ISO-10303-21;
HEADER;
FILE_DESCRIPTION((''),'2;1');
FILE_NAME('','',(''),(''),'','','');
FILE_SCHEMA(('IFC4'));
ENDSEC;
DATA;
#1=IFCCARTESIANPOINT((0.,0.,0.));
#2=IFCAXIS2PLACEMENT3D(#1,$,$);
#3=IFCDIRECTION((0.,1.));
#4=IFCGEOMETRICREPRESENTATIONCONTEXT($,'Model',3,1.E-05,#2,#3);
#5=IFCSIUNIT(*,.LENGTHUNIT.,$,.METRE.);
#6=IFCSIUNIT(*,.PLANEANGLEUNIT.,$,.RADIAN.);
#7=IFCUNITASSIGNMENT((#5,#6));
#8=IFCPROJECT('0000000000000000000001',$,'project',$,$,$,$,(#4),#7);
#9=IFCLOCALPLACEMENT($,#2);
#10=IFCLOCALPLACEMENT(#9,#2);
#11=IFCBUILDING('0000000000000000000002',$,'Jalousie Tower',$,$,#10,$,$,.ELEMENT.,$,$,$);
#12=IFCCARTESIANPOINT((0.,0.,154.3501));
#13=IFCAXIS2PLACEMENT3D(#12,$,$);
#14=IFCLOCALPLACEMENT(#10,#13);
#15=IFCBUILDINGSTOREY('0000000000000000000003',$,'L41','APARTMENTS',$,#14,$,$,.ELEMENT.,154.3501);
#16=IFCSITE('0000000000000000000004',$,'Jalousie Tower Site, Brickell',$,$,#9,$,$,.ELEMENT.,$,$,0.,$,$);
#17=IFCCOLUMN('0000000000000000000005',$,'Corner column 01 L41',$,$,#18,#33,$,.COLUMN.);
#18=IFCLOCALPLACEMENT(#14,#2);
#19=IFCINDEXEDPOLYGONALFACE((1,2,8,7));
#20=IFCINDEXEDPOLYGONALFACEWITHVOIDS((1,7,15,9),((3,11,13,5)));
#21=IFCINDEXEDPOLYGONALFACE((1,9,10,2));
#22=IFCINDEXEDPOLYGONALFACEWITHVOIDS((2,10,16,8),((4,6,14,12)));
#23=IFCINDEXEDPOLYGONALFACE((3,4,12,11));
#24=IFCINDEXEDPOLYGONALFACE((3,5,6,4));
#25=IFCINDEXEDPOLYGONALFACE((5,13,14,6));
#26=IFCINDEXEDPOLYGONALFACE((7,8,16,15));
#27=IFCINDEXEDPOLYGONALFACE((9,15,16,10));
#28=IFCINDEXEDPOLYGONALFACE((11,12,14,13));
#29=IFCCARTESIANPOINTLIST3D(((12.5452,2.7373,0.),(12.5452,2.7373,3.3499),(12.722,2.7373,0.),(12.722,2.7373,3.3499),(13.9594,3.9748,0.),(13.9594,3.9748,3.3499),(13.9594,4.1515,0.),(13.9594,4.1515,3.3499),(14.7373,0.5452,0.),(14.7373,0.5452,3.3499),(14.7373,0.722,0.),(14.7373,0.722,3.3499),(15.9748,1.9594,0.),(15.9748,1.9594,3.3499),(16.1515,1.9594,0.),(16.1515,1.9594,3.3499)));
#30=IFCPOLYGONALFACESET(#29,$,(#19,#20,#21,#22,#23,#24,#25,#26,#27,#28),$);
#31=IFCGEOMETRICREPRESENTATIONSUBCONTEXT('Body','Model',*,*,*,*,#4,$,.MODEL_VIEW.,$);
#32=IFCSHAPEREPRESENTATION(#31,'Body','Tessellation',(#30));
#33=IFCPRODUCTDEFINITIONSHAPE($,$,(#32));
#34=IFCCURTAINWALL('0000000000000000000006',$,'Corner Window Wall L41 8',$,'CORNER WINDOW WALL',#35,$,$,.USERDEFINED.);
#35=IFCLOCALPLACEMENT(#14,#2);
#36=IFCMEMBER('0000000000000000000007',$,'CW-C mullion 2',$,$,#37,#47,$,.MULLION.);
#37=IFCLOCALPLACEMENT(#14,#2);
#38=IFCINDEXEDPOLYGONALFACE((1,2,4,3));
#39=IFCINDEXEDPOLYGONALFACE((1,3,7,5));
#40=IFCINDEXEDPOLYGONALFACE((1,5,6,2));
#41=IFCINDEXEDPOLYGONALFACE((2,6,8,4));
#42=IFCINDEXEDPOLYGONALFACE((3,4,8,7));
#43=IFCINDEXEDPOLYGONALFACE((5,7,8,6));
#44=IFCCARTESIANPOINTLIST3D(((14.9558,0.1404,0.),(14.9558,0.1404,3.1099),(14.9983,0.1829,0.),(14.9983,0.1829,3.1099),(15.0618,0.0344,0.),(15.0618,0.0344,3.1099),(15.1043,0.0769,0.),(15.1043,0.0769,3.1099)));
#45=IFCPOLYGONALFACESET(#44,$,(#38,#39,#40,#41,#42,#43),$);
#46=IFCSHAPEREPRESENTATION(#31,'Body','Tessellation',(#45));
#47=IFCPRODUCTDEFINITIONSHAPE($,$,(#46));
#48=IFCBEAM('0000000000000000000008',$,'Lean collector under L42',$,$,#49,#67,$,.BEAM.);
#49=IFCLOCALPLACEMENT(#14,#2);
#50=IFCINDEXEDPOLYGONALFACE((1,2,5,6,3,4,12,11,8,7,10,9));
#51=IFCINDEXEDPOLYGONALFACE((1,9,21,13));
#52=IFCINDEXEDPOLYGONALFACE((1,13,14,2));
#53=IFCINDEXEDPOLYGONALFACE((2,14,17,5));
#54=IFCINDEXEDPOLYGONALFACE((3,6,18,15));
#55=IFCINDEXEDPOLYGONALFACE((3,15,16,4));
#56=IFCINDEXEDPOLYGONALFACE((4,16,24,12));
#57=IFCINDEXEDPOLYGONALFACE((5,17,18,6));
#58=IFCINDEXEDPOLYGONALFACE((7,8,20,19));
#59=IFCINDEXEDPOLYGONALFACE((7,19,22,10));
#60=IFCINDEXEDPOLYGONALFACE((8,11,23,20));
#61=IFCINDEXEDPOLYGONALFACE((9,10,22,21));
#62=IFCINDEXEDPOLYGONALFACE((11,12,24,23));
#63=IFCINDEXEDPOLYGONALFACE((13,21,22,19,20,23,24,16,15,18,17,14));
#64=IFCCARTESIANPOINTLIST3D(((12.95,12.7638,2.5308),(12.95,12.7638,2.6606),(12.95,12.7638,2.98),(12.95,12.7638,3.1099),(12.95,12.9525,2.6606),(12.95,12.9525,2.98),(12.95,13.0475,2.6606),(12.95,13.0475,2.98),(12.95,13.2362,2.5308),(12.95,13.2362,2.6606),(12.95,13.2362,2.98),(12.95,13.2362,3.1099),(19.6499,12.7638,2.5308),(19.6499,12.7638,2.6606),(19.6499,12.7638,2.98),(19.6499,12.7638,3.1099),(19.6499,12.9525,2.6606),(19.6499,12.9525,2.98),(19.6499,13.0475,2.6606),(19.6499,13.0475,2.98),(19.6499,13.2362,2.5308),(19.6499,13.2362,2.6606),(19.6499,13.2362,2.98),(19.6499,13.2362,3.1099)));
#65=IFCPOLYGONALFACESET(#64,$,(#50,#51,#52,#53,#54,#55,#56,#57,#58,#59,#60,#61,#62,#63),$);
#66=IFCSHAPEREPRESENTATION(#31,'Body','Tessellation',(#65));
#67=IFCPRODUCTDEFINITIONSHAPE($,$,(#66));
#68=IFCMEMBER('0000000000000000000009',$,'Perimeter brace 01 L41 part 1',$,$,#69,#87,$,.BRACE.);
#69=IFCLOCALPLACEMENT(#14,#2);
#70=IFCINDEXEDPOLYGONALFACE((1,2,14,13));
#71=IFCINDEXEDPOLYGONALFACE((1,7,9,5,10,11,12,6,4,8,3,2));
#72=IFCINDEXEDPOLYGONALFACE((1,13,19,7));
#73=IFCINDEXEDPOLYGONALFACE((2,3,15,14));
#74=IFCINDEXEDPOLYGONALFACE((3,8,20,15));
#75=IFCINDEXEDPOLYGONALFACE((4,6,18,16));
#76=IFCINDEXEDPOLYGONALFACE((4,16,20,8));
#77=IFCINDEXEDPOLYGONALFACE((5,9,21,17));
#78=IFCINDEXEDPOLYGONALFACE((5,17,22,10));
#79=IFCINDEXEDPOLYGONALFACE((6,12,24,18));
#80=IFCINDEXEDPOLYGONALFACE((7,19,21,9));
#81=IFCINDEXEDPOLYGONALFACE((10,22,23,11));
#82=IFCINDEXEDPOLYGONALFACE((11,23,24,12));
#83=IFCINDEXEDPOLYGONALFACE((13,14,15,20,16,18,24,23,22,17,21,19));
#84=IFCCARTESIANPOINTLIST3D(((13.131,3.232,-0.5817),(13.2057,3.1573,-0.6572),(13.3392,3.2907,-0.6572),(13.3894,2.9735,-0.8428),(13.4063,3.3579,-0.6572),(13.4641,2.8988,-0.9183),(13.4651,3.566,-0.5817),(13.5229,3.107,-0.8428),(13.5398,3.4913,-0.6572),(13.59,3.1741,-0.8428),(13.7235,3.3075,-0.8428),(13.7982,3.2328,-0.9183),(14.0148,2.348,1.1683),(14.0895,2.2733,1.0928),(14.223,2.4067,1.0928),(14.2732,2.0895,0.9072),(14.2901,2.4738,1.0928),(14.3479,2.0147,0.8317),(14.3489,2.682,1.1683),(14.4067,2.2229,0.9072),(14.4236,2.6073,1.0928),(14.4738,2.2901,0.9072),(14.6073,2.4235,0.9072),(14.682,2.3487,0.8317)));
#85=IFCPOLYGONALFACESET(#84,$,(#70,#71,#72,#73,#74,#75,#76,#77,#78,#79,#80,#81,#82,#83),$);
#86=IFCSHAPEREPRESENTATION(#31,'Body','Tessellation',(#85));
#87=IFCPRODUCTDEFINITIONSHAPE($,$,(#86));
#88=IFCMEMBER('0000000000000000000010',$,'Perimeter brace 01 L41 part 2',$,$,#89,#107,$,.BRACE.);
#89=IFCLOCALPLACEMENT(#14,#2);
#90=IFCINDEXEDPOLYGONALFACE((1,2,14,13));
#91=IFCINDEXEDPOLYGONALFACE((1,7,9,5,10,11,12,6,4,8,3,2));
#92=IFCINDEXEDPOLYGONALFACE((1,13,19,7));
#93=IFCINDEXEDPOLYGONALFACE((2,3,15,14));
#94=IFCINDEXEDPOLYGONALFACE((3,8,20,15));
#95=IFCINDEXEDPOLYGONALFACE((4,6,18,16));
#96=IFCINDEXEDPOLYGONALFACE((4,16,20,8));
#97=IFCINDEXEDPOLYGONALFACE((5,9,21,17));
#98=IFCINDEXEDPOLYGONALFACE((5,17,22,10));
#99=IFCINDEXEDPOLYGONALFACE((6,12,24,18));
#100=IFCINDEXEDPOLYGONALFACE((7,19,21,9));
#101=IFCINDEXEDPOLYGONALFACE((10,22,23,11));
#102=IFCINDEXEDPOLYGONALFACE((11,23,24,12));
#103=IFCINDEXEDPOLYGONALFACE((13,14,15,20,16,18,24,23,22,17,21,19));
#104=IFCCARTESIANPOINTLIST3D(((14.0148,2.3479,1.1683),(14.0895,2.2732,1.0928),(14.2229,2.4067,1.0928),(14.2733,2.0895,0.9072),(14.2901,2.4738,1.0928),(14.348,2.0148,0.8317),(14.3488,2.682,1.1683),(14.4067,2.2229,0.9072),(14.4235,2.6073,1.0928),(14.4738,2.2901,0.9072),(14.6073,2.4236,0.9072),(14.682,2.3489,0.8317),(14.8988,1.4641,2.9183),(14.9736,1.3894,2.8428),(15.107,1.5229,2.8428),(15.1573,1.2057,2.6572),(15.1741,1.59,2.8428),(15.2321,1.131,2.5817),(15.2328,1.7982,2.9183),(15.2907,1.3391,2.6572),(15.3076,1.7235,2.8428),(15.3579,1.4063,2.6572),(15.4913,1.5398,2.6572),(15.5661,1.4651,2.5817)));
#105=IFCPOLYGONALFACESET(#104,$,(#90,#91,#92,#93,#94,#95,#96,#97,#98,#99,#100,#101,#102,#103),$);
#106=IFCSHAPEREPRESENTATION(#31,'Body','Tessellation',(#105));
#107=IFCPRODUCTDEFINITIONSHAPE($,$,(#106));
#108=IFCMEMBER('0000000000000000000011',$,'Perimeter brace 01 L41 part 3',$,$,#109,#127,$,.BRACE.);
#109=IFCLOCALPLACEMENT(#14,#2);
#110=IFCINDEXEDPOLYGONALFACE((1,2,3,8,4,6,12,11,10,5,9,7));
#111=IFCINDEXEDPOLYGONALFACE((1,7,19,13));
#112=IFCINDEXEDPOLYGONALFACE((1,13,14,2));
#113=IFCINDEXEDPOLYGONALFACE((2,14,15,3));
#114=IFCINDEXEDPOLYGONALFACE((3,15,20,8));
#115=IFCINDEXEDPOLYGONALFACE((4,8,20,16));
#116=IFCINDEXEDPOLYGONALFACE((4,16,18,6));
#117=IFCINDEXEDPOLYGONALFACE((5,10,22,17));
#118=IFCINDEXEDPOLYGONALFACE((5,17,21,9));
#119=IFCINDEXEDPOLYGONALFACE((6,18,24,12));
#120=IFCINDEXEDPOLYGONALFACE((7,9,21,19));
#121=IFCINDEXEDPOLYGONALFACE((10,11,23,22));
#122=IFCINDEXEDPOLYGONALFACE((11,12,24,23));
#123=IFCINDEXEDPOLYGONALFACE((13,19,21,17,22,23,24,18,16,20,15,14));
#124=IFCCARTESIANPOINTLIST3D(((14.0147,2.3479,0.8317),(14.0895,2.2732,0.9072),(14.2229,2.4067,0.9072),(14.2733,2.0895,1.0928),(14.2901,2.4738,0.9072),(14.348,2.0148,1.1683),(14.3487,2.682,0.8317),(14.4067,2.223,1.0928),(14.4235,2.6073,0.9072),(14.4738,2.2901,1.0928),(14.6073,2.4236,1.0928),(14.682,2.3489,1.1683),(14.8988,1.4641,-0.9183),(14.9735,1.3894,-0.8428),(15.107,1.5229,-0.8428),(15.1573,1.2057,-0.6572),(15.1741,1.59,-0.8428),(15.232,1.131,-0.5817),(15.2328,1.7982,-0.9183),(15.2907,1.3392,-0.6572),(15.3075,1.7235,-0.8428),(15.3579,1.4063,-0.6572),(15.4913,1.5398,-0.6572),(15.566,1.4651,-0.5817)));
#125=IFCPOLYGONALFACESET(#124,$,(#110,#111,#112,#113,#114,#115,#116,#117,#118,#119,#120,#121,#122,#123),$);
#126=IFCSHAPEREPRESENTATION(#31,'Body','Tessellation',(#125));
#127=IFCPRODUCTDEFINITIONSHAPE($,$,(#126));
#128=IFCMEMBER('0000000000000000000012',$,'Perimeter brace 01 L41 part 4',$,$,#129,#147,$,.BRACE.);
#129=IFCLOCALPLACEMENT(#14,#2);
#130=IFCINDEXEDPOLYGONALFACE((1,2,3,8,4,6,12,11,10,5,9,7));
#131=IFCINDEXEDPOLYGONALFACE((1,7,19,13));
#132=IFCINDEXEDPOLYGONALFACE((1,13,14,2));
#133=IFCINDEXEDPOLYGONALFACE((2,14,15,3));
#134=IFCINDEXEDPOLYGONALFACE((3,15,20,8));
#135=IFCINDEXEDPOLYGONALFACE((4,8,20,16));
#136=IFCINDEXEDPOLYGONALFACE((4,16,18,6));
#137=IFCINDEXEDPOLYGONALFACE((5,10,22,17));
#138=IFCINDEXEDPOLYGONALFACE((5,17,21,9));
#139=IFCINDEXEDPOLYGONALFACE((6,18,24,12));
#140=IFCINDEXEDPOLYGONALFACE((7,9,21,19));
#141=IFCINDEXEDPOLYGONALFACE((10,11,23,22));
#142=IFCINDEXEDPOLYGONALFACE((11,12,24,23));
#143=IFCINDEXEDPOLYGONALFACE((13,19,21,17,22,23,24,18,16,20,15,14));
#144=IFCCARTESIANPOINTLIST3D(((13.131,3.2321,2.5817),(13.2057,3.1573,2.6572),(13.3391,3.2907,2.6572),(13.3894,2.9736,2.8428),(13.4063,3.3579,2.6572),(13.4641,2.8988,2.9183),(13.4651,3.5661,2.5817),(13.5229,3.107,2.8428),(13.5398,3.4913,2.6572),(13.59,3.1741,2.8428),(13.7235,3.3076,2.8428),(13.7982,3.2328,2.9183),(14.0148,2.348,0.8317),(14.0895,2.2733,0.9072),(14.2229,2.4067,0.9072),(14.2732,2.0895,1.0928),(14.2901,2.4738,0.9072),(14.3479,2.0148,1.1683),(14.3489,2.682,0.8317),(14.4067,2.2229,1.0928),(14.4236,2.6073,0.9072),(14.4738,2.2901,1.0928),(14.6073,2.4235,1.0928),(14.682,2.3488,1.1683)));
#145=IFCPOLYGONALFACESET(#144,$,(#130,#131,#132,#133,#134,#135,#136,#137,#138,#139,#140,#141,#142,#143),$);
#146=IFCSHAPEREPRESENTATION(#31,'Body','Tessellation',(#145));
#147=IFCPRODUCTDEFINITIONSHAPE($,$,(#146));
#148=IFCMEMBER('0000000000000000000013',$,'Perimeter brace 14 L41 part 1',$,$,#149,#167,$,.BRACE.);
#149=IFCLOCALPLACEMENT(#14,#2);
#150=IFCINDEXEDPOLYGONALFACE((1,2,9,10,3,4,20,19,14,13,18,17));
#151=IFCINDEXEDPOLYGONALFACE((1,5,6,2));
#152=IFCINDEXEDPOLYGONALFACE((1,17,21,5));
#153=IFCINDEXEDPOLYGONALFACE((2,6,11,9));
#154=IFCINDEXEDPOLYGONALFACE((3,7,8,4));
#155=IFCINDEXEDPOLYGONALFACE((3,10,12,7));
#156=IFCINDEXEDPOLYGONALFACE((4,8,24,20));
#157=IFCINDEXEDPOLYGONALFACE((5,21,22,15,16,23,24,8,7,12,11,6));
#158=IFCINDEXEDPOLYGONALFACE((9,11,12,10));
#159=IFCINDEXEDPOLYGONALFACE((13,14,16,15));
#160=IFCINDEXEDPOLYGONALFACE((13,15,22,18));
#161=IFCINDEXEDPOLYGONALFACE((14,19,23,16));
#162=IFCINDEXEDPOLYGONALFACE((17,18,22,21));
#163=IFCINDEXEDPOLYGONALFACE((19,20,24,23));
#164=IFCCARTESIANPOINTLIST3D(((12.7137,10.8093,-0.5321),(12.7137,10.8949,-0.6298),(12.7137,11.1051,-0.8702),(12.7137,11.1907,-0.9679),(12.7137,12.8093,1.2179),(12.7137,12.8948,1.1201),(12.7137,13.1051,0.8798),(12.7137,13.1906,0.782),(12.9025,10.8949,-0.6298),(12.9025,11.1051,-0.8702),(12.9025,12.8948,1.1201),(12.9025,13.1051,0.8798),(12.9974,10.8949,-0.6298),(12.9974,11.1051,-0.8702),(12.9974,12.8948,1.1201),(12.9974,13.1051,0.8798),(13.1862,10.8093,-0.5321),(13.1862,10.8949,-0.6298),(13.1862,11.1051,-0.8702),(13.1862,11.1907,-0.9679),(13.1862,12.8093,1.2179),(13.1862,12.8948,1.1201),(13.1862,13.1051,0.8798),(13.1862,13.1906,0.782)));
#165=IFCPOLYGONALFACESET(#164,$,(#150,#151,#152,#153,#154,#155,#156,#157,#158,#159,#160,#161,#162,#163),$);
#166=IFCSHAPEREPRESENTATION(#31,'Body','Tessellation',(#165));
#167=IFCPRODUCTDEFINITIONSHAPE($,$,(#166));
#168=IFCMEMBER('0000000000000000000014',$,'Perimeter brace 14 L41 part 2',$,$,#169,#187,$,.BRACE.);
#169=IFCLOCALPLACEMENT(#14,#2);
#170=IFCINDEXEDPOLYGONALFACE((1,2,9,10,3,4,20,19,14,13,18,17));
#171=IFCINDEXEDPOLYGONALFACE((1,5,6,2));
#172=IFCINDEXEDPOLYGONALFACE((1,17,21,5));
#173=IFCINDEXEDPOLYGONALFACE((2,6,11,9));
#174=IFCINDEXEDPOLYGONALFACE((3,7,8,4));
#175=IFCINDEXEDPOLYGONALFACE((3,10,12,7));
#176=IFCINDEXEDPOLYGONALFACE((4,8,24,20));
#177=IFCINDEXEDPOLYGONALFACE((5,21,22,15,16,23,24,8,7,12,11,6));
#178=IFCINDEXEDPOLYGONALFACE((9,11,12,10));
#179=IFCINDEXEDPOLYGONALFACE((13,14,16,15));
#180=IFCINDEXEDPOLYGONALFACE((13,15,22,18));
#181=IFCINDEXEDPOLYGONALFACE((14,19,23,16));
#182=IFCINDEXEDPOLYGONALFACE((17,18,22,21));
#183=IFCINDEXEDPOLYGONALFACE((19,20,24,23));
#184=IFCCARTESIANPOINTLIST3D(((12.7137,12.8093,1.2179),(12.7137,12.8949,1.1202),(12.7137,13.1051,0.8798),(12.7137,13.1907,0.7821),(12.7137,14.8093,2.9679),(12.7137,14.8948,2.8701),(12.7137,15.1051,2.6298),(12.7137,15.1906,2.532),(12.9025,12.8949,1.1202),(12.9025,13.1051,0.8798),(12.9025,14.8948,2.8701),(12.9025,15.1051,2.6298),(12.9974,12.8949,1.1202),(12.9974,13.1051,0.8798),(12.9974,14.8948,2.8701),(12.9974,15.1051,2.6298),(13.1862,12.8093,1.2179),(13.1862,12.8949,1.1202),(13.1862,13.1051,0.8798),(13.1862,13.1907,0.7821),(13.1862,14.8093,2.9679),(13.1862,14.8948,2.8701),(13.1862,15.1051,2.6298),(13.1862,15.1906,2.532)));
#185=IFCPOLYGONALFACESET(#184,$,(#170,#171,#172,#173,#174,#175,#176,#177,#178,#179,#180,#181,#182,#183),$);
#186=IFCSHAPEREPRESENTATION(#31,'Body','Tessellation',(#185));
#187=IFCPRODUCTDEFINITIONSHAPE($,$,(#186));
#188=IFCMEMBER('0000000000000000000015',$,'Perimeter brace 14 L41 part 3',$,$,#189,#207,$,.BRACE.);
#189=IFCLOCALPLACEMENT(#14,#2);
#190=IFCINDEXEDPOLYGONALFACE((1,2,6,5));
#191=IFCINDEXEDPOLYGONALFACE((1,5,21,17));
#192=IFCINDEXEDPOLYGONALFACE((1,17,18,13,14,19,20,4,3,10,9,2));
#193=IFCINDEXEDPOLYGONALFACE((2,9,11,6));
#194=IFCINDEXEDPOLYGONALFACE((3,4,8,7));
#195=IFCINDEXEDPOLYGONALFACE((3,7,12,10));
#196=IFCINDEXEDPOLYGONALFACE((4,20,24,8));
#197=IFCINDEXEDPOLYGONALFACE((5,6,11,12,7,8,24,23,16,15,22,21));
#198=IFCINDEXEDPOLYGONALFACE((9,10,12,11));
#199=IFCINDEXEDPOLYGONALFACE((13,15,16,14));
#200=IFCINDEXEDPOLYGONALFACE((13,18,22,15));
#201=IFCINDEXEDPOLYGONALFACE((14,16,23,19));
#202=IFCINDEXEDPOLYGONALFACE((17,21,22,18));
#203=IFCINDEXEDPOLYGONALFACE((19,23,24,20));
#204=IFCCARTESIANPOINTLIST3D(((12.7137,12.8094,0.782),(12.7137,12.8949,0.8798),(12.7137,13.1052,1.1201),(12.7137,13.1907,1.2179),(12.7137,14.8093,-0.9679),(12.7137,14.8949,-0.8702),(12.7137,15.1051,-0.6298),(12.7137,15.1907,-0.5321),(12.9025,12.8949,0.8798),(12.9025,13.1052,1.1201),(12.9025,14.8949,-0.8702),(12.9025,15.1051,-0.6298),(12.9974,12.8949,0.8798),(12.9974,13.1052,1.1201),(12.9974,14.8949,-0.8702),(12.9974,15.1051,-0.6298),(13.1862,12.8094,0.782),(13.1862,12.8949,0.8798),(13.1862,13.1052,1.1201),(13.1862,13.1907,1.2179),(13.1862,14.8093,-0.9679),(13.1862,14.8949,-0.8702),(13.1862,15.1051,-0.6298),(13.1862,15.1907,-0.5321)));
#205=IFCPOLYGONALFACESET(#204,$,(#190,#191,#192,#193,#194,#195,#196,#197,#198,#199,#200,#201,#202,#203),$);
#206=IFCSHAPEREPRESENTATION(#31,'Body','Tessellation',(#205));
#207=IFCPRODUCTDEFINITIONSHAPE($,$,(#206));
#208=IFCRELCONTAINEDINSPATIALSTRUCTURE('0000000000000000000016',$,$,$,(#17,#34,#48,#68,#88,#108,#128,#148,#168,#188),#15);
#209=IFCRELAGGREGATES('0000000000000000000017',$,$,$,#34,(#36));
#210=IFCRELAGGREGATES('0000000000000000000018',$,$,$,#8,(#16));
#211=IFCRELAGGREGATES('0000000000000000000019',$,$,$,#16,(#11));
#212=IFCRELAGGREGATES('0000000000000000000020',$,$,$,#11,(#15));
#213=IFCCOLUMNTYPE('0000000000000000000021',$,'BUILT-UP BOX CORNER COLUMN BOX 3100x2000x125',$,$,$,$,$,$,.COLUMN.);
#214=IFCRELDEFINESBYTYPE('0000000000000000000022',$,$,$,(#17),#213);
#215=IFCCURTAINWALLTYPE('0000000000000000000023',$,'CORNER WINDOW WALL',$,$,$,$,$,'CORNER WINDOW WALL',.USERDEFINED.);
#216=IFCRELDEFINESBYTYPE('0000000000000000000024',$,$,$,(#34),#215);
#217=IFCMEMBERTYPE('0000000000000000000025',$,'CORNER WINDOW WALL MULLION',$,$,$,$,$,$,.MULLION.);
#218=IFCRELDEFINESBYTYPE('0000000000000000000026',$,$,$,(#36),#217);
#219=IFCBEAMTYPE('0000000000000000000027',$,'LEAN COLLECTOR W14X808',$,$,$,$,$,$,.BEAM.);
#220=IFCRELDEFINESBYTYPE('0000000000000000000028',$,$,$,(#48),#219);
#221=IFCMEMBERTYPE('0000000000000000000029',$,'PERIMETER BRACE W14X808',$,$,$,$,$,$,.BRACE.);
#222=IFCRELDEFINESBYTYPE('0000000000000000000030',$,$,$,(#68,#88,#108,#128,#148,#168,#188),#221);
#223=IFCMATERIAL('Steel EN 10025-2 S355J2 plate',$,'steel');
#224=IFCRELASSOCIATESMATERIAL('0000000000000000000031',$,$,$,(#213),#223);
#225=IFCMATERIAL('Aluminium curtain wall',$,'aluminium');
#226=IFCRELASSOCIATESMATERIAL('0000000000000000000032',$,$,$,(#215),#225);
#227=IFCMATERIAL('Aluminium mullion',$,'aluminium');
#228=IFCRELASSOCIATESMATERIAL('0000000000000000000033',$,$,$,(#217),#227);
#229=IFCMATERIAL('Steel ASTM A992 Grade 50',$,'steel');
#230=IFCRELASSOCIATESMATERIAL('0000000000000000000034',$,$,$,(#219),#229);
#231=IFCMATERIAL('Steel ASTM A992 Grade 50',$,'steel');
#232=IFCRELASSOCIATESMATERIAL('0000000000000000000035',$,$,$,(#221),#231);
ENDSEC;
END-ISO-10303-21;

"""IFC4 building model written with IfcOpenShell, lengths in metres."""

from ifc_helpers import new_model, si_unit, direction, frame, origin, origin_2d, place, context, subcontext, project, spatial, rectangle, hollow_rectangle, i_section, extrude, material, material_profile, profile_set, type_object, element, aggregate, save


model = new_model("IFC4")

# Units and contexts
model_context = context("Model", 3, precision=1e-05, world=origin(), true_north=direction((0.0, 1.0)))
body_context = subcontext(model_context, "Body", "Model", "MODEL_VIEW")
ifc_project = project(units=[si_unit("LENGTHUNIT", "METRE"), si_unit("PLANEANGLEUNIT", "RADIAN")], contexts=[model_context])

# Site, building, storey
site_placement = place(None, origin())
site = spatial("IfcSite", under=ifc_project, at=site_placement, Name="Jalousie Tower Site, Brickell", CompositionType="ELEMENT", RefElevation=0.0)
building_placement = place(site_placement, origin())
building = spatial("IfcBuilding", under=site, at=building_placement, Name="Jalousie Tower", CompositionType="ELEMENT")
storey_placement = place(building_placement, frame((0.0, 0.0, 154.3501)))
storey = spatial("IfcBuildingStorey", under=building, at=storey_placement, Name="L41", Description="APARTMENTS", CompositionType="ELEMENT", Elevation=154.3501)

# Column
ifc_material_1 = material(Name="Steel EN 10025-2 S355J2 plate", Category="steel")
ifc_material_profile_1 = material_profile(ifc_material_1, hollow_rectangle(XDim=2.0, YDim=3.1001, WallThickness=0.125, at=origin_2d()), Name="BOX 3100x2000x125")
ifc_profile_set_1 = profile_set([ifc_material_profile_1], Name="Steel EN 10025-2 S355J2 plate")
column_type = type_object("IfcColumnType", Name="BUILT-UP BOX CORNER COLUMN BOX 3100x2000x125", PredefinedType="COLUMN", material=ifc_profile_set_1)
column_placement = place(storey_placement, frame((14.3484, 2.3484, 0.0), z_axis=(0.0, 0.0, 1.0), x_axis=(0.707107, 0.707107, 0.0)))
element("IfcColumn", 1, at=column_placement, inside=storey, type_object=column_type, Name="Corner column 01 L41", PredefinedType="COLUMN", context=body_context, shape_type="SweptSolid", body=[
    extrude(hollow_rectangle(XDim=2.0, YDim=3.1001, WallThickness=0.125, at=origin_2d()), origin(), (0.0, 0.0, 1.0), 3.3499),
])

# Curtain wall, member
ifc_material_2 = material(Name="Aluminium curtain wall", Category="aluminium")
curtain_wall_type = type_object("IfcCurtainWallType", Name="CORNER WINDOW WALL", ElementType="CORNER WINDOW WALL", PredefinedType="USERDEFINED", material=ifc_material_2)
curtain_wall_placement = place(storey_placement, origin())
curtain_wall = element("IfcCurtainWall", 2, at=curtain_wall_placement, inside=storey, type_object=curtain_wall_type, Name="Corner Window Wall L41 8", ObjectType="CORNER WINDOW WALL", PredefinedType="USERDEFINED")
ifc_material_3 = material(Name="Aluminium mullion", Category="aluminium")
ifc_material_profile_2 = material_profile(ifc_material_3, rectangle(XDim=0.0601, YDim=0.1499, at=origin_2d()), Name="MULLION 60x150")
ifc_profile_set_2 = profile_set([ifc_material_profile_2], Name="Aluminium mullion")
member_type_1 = type_object("IfcMemberType", Name="CORNER WINDOW WALL MULLION", PredefinedType="MULLION", material=ifc_profile_set_2)
member_placement = place(storey_placement, frame((15.03, 0.1086, 0.0), z_axis=(0.0, 0.0, 1.0), x_axis=(0.707107, 0.707107, 0.0)))
member = element("IfcMember", 3, at=member_placement, type_object=member_type_1, Name="CW-C mullion 2", PredefinedType="MULLION", context=body_context, shape_type="SweptSolid", body=[
    extrude(rectangle(XDim=0.0601, YDim=0.1499, at=origin_2d()), origin(), (0.0, 0.0, 1.0), 3.1099),
])

# Beam
ifc_material_4 = material(Name="Steel ASTM A992 Grade 50", Category="steel")
ifc_material_profile_3 = material_profile(ifc_material_4, i_section(OverallWidth=0.4724, OverallDepth=0.5791, WebThickness=0.095, FlangeThickness=0.1299, at=origin_2d()), Name="W14X808")
ifc_profile_set_3 = profile_set([ifc_material_profile_3], Name="Steel ASTM A992 Grade 50")
beam_type_1 = type_object("IfcBeamType", Name="LEAN COLLECTOR W14X808", PredefinedType="BEAM", material=ifc_profile_set_3)
beam_1_placement = place(storey_placement, frame((12.95, 13.0, 2.8203), z_axis=(1.0, 0.0, 0.0), x_axis=(0.0, 1.0, 0.0)))
element("IfcBeam", 4, at=beam_1_placement, inside=storey, type_object=beam_type_1, Name="Lean collector under L42", PredefinedType="BEAM", context=body_context, shape_type="SweptSolid", body=[
    extrude(i_section(OverallWidth=0.4724, OverallDepth=0.5791, WebThickness=0.095, FlangeThickness=0.1299, at=origin_2d()), origin(), (0.0, 0.0, 1.0), 6.7),
])

# Members
ifc_material_5 = material(Name="Steel ASTM A992 Grade 50", Category="steel")
ifc_material_profile_4 = material_profile(ifc_material_5, i_section(OverallWidth=0.4724, OverallDepth=0.5791, WebThickness=0.095, FlangeThickness=0.1299, at=origin_2d()), Name="W14X808")
ifc_profile_set_4 = profile_set([ifc_material_profile_4], Name="Steel ASTM A992 Grade 50")
member_type_2 = type_object("IfcMemberType", Name="PERIMETER BRACE W14X808", PredefinedType="BRACE", material=ifc_profile_set_4)
for number, where, z_axis, x_axis, name in (
    (5, (13.4646, 3.2324, -0.75), (0.410949, -0.411063, 0.813725), (0.707204, 0.707009, 0.0), "Perimeter brace 01 L41 part 1"),
    (6, (14.3484, 2.3484, 1.0), (0.411063, -0.410949, 0.813725), (0.707009, 0.707204, 0.0), "Perimeter brace 01 L41 part 2"),
    (7, (15.2324, 1.4646, -0.75), (-0.411063, 0.410949, 0.813725), (-0.707009, -0.707204, 0.0), "Perimeter brace 01 L41 part 3"),
    (8, (14.3484, 2.3484, 1.0), (-0.410949, 0.411063, 0.813725), (-0.707204, -0.707009, 0.0), "Perimeter brace 01 L41 part 4"),
):
    element("IfcMember", number, at=place(storey_placement, frame(where, z_axis=z_axis, x_axis=x_axis)), inside=storey, type_object=member_type_2, Name=name, PredefinedType="BRACE", context=body_context, shape_type="SweptSolid", body=[
        extrude(i_section(OverallWidth=0.4724, OverallDepth=0.5791, WebThickness=0.095, FlangeThickness=0.1299, at=origin_2d()), origin(), (0.0, 0.0, 1.0), 2.1506),
    ])
for number, where, z_axis, x_axis, name in (
    (9, (12.95, 11.0, -0.75), (0.0, 0.752577, 0.658505), (-1.0, 0.0, 0.0), "Perimeter brace 14 L41 part 1"),
    (10, (12.95, 13.0, 1.0), (0.0, 0.752577, 0.658505), (-1.0, 0.0, 0.0), "Perimeter brace 14 L41 part 2"),
    (11, (12.95, 15.0, -0.75), (0.0, -0.752577, 0.658505), (1.0, 0.0, 0.0), "Perimeter brace 14 L41 part 3"),
):
    element("IfcMember", number, at=place(storey_placement, frame(where, z_axis=z_axis, x_axis=x_axis)), inside=storey, type_object=member_type_2, Name=name, PredefinedType="BRACE", context=body_context, shape_type="SweptSolid", body=[
        extrude(i_section(OverallWidth=0.4724, OverallDepth=0.5791, WebThickness=0.095, FlangeThickness=0.1299, at=origin_2d()), origin(), (0.0, 0.0, 1.0), 2.6575),
    ])

aggregate(curtain_wall, [member])

save(model, "model.ifc")
